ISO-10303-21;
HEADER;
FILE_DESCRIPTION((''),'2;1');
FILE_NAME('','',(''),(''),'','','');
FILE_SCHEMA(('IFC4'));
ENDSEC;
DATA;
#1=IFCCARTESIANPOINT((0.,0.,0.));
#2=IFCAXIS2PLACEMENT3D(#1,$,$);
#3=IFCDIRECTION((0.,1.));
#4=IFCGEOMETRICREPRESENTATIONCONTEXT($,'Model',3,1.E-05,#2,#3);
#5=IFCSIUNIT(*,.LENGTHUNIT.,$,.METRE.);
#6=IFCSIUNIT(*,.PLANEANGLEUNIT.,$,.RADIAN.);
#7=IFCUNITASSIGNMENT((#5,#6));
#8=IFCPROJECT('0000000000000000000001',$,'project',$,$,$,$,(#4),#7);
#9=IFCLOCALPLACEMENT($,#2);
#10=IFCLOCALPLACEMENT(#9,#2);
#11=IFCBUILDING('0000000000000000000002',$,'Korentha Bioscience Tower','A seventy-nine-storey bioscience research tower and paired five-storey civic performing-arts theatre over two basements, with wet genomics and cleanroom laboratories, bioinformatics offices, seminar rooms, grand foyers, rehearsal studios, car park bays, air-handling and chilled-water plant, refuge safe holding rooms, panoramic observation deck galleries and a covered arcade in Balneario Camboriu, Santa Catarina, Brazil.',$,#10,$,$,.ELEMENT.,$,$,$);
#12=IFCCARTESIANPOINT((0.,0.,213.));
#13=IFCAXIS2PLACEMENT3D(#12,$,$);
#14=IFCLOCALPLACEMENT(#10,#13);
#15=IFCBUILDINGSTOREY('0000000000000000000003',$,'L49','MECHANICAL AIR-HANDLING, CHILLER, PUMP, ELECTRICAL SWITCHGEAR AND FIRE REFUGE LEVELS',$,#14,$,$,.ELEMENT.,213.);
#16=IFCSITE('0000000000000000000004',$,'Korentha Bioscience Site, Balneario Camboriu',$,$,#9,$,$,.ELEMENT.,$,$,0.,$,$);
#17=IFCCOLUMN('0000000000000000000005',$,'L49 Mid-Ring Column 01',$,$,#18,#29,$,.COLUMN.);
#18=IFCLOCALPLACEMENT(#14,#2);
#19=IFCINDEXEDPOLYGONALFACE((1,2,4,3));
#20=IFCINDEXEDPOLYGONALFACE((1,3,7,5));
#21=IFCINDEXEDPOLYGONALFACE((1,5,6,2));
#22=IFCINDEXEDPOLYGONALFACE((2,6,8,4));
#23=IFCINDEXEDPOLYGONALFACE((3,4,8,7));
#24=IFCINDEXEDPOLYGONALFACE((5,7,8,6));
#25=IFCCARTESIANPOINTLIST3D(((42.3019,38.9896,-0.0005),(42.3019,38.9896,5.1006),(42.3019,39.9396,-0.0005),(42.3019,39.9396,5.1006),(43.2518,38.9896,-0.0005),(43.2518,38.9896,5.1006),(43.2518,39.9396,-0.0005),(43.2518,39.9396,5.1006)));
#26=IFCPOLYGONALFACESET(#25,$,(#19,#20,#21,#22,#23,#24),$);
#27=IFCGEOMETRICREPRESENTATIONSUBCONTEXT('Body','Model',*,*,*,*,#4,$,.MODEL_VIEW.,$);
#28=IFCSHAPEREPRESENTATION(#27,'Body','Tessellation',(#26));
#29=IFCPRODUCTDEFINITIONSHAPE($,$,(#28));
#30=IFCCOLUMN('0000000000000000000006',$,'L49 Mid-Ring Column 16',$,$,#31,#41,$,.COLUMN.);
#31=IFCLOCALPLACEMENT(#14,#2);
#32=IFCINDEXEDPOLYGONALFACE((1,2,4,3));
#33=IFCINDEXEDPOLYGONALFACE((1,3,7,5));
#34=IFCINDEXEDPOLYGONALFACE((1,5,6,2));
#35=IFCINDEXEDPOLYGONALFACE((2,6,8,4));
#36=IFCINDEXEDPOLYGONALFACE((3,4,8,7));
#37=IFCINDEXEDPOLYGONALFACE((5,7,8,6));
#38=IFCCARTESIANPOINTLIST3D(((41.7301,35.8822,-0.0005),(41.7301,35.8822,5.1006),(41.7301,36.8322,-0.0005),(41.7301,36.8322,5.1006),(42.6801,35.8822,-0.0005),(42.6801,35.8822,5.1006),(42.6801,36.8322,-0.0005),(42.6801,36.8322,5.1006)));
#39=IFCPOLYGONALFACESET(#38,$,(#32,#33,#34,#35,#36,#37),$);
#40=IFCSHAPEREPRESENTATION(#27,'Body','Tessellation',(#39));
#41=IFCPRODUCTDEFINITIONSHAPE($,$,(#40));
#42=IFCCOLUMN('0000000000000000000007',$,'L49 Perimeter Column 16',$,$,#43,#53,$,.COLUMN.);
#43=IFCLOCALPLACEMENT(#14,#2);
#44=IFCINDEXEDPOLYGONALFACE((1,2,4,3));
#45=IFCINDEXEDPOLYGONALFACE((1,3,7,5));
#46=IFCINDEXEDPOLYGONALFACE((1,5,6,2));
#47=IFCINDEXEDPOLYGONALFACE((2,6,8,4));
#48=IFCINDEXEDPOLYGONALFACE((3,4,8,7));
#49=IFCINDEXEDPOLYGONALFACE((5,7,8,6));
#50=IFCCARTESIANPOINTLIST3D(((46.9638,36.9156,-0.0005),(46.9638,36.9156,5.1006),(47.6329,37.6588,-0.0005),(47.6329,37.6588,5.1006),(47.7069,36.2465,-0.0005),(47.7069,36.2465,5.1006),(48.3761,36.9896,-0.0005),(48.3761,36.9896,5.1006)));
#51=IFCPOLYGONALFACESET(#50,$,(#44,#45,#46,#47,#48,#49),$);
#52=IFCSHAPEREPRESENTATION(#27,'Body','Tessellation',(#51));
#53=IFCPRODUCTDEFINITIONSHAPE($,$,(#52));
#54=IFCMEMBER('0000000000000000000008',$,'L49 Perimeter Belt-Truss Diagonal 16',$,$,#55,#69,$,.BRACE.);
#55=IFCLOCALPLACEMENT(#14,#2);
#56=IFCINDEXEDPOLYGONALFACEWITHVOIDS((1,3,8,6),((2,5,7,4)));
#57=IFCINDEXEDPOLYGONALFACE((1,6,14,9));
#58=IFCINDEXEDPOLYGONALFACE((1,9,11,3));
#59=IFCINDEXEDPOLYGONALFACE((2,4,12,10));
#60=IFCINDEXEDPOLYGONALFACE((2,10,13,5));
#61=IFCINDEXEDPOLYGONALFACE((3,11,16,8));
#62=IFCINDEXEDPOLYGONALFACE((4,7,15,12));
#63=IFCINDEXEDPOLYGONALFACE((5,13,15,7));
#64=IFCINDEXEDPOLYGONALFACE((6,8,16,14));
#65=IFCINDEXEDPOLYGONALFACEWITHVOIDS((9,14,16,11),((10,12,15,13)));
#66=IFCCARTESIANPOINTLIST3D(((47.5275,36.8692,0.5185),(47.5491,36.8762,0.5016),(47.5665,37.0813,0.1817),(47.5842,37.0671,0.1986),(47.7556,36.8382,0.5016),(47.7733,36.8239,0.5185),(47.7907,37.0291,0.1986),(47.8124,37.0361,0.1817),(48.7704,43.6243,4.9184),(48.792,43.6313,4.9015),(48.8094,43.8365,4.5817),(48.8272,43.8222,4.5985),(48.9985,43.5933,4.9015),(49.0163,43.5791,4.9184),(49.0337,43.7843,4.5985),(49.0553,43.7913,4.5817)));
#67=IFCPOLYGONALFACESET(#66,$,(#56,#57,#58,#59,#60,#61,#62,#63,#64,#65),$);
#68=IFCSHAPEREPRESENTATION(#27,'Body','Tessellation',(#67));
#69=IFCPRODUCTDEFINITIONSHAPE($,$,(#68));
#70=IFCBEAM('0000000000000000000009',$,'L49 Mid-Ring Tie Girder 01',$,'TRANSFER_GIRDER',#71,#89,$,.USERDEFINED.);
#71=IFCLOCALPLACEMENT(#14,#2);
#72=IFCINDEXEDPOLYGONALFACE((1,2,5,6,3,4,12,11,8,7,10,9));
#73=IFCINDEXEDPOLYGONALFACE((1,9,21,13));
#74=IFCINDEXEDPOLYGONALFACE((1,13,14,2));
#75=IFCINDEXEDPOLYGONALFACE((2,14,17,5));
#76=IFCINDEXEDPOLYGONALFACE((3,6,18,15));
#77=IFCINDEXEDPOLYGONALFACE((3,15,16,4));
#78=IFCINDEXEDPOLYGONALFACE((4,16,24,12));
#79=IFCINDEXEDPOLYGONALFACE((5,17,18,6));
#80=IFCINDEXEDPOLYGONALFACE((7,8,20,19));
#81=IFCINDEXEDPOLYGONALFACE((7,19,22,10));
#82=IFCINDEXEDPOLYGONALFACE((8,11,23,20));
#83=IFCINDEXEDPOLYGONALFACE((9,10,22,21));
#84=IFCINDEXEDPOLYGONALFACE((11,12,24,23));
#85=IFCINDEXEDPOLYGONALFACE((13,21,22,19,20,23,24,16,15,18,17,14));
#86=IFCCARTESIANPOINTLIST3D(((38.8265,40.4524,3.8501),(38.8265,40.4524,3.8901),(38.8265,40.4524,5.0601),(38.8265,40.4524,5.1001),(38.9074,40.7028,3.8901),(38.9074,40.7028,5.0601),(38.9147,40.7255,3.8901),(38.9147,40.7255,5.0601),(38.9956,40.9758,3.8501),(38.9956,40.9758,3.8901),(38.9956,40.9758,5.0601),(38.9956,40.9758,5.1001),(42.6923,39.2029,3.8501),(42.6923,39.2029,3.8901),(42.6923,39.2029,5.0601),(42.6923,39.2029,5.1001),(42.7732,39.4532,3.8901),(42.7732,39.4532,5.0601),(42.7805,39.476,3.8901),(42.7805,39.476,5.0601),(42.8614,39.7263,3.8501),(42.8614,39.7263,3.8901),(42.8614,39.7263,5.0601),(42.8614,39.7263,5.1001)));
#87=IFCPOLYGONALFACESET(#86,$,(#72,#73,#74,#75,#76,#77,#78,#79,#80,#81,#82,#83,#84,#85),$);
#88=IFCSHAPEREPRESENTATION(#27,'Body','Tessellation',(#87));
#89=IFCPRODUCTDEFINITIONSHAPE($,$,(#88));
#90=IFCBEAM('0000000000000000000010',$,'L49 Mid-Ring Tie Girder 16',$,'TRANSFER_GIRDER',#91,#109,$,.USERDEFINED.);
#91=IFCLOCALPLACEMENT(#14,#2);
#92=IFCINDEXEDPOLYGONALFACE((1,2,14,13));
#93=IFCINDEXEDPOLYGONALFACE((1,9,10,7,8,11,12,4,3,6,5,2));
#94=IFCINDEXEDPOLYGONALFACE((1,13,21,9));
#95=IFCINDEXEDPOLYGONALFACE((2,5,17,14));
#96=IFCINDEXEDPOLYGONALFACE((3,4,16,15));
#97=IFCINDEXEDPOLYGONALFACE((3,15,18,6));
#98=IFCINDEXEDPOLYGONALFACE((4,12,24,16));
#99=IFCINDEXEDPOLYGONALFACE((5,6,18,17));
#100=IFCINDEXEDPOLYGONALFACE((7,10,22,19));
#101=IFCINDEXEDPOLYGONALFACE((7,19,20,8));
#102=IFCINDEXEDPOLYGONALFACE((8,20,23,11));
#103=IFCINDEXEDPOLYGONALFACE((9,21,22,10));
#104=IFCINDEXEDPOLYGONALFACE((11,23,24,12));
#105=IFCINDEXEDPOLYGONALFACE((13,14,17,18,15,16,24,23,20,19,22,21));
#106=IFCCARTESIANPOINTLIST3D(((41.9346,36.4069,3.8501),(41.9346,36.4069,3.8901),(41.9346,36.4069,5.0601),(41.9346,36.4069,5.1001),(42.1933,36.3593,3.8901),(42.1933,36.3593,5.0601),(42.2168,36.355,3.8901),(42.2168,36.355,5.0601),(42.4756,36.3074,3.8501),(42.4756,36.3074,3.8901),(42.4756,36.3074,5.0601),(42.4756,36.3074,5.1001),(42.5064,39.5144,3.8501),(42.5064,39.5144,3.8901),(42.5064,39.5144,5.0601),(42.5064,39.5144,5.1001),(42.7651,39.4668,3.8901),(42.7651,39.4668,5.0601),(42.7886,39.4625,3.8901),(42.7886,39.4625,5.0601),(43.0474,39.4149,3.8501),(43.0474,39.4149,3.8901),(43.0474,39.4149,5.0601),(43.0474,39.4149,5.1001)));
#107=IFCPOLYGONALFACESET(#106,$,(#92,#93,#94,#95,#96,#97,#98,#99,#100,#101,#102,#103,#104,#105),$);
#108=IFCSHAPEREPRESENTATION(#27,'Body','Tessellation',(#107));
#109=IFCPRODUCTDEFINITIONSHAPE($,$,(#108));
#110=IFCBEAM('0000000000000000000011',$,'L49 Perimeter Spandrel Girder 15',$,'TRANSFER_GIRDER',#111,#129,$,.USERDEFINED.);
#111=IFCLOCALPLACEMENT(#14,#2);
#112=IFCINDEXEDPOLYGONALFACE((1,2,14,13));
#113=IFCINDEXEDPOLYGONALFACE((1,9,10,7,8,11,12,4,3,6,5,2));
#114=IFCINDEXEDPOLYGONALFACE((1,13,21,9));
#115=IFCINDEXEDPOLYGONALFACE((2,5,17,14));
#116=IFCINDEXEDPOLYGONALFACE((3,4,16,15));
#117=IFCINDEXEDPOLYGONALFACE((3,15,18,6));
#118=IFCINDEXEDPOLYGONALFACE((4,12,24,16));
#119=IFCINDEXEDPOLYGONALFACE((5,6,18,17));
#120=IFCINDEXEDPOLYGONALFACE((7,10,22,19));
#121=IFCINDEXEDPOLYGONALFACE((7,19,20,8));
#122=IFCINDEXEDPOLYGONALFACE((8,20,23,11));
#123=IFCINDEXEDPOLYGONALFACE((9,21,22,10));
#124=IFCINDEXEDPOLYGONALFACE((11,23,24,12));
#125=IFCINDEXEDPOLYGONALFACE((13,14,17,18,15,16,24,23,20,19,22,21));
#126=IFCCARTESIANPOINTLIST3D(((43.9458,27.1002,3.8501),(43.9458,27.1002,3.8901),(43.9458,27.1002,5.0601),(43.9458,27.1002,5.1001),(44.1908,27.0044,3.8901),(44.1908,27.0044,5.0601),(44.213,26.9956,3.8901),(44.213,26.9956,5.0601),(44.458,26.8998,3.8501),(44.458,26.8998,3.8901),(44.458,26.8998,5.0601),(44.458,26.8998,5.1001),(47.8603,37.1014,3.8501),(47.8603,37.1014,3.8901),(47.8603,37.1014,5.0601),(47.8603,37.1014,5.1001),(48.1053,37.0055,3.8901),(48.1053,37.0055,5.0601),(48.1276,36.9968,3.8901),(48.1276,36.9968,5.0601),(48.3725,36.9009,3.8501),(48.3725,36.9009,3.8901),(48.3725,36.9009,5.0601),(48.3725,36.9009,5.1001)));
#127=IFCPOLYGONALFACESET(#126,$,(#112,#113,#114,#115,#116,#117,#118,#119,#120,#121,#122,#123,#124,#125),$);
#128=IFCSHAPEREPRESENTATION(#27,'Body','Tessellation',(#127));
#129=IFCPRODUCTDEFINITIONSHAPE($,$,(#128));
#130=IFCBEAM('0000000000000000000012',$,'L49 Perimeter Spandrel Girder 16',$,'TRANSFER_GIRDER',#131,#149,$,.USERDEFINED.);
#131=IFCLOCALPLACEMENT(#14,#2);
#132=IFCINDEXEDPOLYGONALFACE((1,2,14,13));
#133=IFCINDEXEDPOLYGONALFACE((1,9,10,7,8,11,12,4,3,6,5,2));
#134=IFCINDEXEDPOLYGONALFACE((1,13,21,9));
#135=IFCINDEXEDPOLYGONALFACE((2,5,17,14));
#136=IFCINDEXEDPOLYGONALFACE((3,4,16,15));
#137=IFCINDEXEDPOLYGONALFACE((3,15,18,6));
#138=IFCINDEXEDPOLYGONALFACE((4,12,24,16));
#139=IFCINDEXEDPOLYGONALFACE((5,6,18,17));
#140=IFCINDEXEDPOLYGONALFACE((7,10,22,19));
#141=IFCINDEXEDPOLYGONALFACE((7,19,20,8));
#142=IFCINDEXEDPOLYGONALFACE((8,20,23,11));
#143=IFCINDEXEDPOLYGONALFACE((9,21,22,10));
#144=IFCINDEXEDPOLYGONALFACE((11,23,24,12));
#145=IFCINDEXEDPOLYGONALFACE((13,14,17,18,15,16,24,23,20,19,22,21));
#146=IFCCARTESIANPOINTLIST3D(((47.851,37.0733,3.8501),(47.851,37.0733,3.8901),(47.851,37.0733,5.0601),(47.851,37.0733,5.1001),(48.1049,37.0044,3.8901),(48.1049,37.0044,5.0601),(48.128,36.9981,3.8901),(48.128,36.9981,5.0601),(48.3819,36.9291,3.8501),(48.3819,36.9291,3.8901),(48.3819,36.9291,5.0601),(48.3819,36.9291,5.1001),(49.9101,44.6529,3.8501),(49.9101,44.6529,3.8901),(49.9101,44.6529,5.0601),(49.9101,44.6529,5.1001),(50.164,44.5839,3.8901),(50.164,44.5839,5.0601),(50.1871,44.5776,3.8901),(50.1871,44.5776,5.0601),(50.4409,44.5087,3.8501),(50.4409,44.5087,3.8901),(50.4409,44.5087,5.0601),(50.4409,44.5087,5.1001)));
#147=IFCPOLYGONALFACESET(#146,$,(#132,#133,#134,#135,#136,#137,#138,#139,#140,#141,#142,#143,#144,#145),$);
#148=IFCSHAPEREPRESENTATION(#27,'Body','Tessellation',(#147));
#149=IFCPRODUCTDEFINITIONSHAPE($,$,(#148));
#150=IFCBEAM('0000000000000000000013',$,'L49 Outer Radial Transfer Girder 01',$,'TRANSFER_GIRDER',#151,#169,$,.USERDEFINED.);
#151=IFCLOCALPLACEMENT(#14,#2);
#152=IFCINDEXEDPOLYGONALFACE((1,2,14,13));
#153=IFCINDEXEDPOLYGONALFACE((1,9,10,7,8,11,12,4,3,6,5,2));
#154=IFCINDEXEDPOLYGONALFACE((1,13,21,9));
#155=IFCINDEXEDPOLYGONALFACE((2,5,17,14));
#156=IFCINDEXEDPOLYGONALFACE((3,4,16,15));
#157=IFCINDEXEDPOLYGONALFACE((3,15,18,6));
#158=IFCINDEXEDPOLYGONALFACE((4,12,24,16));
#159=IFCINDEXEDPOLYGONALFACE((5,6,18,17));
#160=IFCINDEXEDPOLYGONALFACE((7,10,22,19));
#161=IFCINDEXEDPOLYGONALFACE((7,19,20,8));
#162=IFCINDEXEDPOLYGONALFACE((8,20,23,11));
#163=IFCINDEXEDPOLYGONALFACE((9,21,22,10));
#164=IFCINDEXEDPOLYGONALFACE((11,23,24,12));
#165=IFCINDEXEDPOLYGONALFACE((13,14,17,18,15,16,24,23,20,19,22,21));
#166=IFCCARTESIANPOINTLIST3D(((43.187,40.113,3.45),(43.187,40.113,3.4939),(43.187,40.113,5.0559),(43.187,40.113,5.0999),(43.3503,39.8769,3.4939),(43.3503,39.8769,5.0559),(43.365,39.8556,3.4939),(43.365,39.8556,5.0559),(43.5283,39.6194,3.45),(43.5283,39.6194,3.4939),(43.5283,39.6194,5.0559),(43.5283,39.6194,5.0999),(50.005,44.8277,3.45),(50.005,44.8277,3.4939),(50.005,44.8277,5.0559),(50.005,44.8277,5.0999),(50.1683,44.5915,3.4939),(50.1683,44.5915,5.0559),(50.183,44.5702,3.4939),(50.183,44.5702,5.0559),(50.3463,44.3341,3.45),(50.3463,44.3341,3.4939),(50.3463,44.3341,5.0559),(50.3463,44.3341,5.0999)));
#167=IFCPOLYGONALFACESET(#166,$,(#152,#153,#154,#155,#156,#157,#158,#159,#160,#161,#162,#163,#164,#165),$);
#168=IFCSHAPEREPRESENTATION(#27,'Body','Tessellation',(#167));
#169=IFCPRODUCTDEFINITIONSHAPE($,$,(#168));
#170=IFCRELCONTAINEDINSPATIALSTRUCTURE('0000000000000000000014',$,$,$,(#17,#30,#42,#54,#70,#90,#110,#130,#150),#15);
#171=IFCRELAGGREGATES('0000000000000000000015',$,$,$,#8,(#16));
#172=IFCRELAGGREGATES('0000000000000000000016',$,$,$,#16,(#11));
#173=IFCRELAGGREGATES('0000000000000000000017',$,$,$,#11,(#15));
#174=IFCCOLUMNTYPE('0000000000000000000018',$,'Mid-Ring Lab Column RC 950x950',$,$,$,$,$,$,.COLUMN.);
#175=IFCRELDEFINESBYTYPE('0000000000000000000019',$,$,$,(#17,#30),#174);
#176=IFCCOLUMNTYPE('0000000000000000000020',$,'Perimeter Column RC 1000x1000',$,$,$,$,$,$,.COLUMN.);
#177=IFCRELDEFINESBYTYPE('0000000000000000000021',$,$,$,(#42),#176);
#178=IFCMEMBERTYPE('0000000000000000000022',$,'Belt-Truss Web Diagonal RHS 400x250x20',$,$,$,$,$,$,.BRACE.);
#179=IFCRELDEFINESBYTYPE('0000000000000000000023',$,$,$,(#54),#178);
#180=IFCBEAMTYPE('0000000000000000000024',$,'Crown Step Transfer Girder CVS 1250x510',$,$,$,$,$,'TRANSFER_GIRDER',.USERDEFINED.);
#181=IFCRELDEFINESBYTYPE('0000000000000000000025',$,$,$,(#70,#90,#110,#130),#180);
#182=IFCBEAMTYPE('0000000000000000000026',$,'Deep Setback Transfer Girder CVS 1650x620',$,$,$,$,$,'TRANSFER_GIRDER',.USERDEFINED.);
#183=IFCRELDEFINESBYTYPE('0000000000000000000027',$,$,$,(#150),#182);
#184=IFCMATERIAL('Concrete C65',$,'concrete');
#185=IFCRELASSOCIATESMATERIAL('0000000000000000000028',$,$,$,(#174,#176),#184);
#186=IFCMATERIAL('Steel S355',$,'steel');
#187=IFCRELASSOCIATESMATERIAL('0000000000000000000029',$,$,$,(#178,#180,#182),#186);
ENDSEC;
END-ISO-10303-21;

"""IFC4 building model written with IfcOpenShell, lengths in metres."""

from ifc_helpers import new_model, si_unit, direction, frame, origin, origin_2d, place, context, subcontext, project, spatial, rectangle, hollow_rectangle, i_section, extrude, material, material_profile, profile_set, type_object, element, save


model = new_model("IFC4")

# Units and contexts
model_context = context("Model", 3, precision=1e-05, world=origin(), true_north=direction((0.0, 1.0)))
body_context = subcontext(model_context, "Body", "Model", "MODEL_VIEW")
ifc_project = project(units=[si_unit("LENGTHUNIT", "METRE"), si_unit("PLANEANGLEUNIT", "RADIAN")], contexts=[model_context])

# Site, building, storey
site_placement = place(None, origin())
site = spatial("IfcSite", under=ifc_project, at=site_placement, Name="Korentha Bioscience Site, Balneario Camboriu", CompositionType="ELEMENT", RefElevation=0.0)
building_placement = place(site_placement, origin())
building = spatial("IfcBuilding", under=site, at=building_placement, Name="Korentha Bioscience Tower", Description="A seventy-nine-storey bioscience research tower and paired five-storey civic performing-arts theatre over two basements, with wet genomics and cleanroom laboratories, bioinformatics offices, seminar rooms, grand foyers, rehearsal studios, car park bays, air-handling and chilled-water plant, refuge safe holding rooms, panoramic observation deck galleries and a covered arcade in Balneario Camboriu, Santa Catarina, Brazil.", CompositionType="ELEMENT")
storey_placement = place(building_placement, frame((0.0, 0.0, 213.0)))
storey = spatial("IfcBuildingStorey", under=building, at=storey_placement, Name="L49", Description="MECHANICAL AIR-HANDLING, CHILLER, PUMP, ELECTRICAL SWITCHGEAR AND FIRE REFUGE LEVELS", CompositionType="ELEMENT", Elevation=213.0)

# Columns
ifc_material_1 = material(Name="Concrete C65", Category="concrete")
ifc_material_profile_1 = material_profile(ifc_material_1, rectangle(XDim=0.95, YDim=0.95, at=origin_2d()), Name="Concrete C65")
ifc_profile_set_1 = profile_set([ifc_material_profile_1], Name="Concrete C65 (COL-MR09)")
column_type_1 = type_object("IfcColumnType", Name="Mid-Ring Lab Column RC 950x950", PredefinedType="COLUMN", material=ifc_profile_set_1)
for number, where, z_axis, x_axis, name in (
    (1, (42.7769, 39.4646, -0.0005), (0.0, 0.0, 1.0), (1.0, 0.0, 0.0), "L49 Mid-Ring Column 01"),
    (2, (42.2051, 36.3572, -0.0005), (0.0, 0.0, 1.0), (1.0, 0.0, 0.0), "L49 Mid-Ring Column 16"),
):
    element("IfcColumn", number, at=place(storey_placement, frame(where, z_axis=z_axis, x_axis=x_axis)), inside=storey, type_object=column_type_1, Name=name, PredefinedType="COLUMN", context=body_context, shape_type="SweptSolid", body=[
        extrude(rectangle(XDim=0.95, YDim=0.95, at=origin_2d()), origin(), (0.0, 0.0, 1.0), 5.1011),
    ])
ifc_material_profile_2 = material_profile(ifc_material_1, rectangle(XDim=1.0, YDim=1.0, at=origin_2d()), Name="Concrete C65")
ifc_profile_set_2 = profile_set([ifc_material_profile_2], Name="Concrete C65 (COL-P10)")
column_type_2 = type_object("IfcColumnType", Name="Perimeter Column RC 1000x1000", PredefinedType="COLUMN", material=ifc_profile_set_2)
column_placement = place(storey_placement, frame((47.6699, 36.9526, -0.0005), z_axis=(0.0, 0.0, 1.0), x_axis=(0.669131, 0.743145, 0.0)))
element("IfcColumn", 3, at=column_placement, inside=storey, type_object=column_type_2, Name="L49 Perimeter Column 16", PredefinedType="COLUMN", context=body_context, shape_type="SweptSolid", body=[
    extrude(rectangle(XDim=1.0, YDim=1.0, at=origin_2d()), origin(), (0.0, 0.0, 1.0), 5.1011),
])

# Member
ifc_material_2 = material(Name="Steel S355", Category="steel")
ifc_material_profile_3 = material_profile(ifc_material_2, hollow_rectangle(XDim=0.25, YDim=0.3999, WallThickness=0.02, at=origin_2d()), Name="Steel S355")
ifc_profile_set_3 = profile_set([ifc_material_profile_3], Name="Steel S355 (BT-D400)")
member_type = type_object("IfcMemberType", Name="Belt-Truss Web Diagonal RHS 400x250x20", PredefinedType="BRACE", material=ifc_profile_set_3)
member_placement = place(storey_placement, frame((47.6699, 36.9526, 0.3501), z_axis=(0.152376, 0.828144, 0.539406), x_axis=(-0.983491, 0.180959, 0.0)))
element("IfcMember", 4, at=member_placement, inside=storey, type_object=member_type, Name="L49 Perimeter Belt-Truss Diagonal 16", PredefinedType="BRACE", context=body_context, shape_type="SweptSolid", body=[
    extrude(hollow_rectangle(XDim=0.25, YDim=0.3999, WallThickness=0.02, at=origin_2d()), origin(), (0.0, 0.0, 1.0), 8.157),
])

# Beams
ifc_material_profile_4 = material_profile(ifc_material_2, i_section(OverallWidth=0.55, OverallDepth=1.25, WebThickness=0.0239, FlangeThickness=0.04, at=origin_2d()), Name="Steel S355")
ifc_profile_set_4 = profile_set([ifc_material_profile_4], Name="Steel S355 (TG-03)")
beam_type_1 = type_object("IfcBeamType", Name="Crown Step Transfer Girder CVS 1250x510", ElementType="TRANSFER_GIRDER", PredefinedType="USERDEFINED", material=ifc_profile_set_4)
beam_1_placement = place(storey_placement, frame((42.7769, 39.4646, 4.4751), z_axis=(-0.951528, 0.307561, 0.0), x_axis=(-0.307561, -0.951528, 0.0)))
element("IfcBeam", 5, at=beam_1_placement, inside=storey, type_object=beam_type_1, Name="L49 Mid-Ring Tie Girder 01", ObjectType="TRANSFER_GIRDER", PredefinedType="USERDEFINED", context=body_context, shape_type="SweptSolid", body=[
    extrude(i_section(OverallWidth=0.55, OverallDepth=1.25, WebThickness=0.0239, FlangeThickness=0.04, at=origin_2d()), origin(), (0.0, 0.0, 1.0), 4.0627),
])
beam_2_placement = place(storey_placement, frame((42.2051, 36.3572, 4.4751), z_axis=(0.180966, 0.983489, 0.0), x_axis=(-0.983489, 0.180966, 0.0)))
element("IfcBeam", 6, at=beam_2_placement, inside=storey, type_object=beam_type_1, Name="L49 Mid-Ring Tie Girder 16", ObjectType="TRANSFER_GIRDER", PredefinedType="USERDEFINED", context=body_context, shape_type="SweptSolid", body=[
    extrude(i_section(OverallWidth=0.55, OverallDepth=1.25, WebThickness=0.0239, FlangeThickness=0.04, at=origin_2d()), origin(), (0.0, 0.0, 1.0), 3.1597),
])
beam_3_placement = place(storey_placement, frame((44.2019, 27.0, 4.4751), z_axis=(0.364482, 0.93121, 0.0), x_axis=(-0.93121, 0.364482, 0.0)))
element("IfcBeam", 7, at=beam_3_placement, inside=storey, type_object=beam_type_1, Name="L49 Perimeter Spandrel Girder 15", ObjectType="TRANSFER_GIRDER", PredefinedType="USERDEFINED", context=body_context, shape_type="SweptSolid", body=[
    extrude(i_section(OverallWidth=0.55, OverallDepth=1.25, WebThickness=0.0239, FlangeThickness=0.04, at=origin_2d()), origin(), (0.0, 0.0, 1.0), 10.74),
])
beam_4_placement = place(storey_placement, frame((48.1165, 37.0012, 4.4751), z_axis=(0.26216, 0.965024, 0.0), x_axis=(-0.965024, 0.26216, 0.0)))
element("IfcBeam", 8, at=beam_4_placement, inside=storey, type_object=beam_type_1, Name="L49 Perimeter Spandrel Girder 16", ObjectType="TRANSFER_GIRDER", PredefinedType="USERDEFINED", context=body_context, shape_type="SweptSolid", body=[
    extrude(i_section(OverallWidth=0.55, OverallDepth=1.25, WebThickness=0.0239, FlangeThickness=0.04, at=origin_2d()), origin(), (0.0, 0.0, 1.0), 7.8542),
])
ifc_material_profile_5 = material_profile(ifc_material_2, i_section(OverallWidth=0.6001, OverallDepth=1.6499, WebThickness=0.0259, FlangeThickness=0.0439, at=origin_2d()), Name="Steel S355")
ifc_profile_set_5 = profile_set([ifc_material_profile_5], Name="Steel S355 (TG-04)")
beam_type_2 = type_object("IfcBeamType", Name="Deep Setback Transfer Girder CVS 1650x620", ElementType="TRANSFER_GIRDER", PredefinedType="USERDEFINED", material=ifc_profile_set_5)
beam_5_placement = place(storey_placement, frame((43.3577, 39.8662, 4.2749), z_axis=(0.822501, 0.568764, 0.0), x_axis=(-0.568764, 0.822501, 0.0)))
element("IfcBeam", 9, at=beam_5_placement, inside=storey, type_object=beam_type_2, Name="L49 Outer Radial Transfer Girder 01", ObjectType="TRANSFER_GIRDER", PredefinedType="USERDEFINED", context=body_context, shape_type="SweptSolid", body=[
    extrude(i_section(OverallWidth=0.6001, OverallDepth=1.6499, WebThickness=0.0259, FlangeThickness=0.0439, at=origin_2d()), origin(), (0.0, 0.0, 1.0), 8.2893),
])

save(model, "model.ifc")
